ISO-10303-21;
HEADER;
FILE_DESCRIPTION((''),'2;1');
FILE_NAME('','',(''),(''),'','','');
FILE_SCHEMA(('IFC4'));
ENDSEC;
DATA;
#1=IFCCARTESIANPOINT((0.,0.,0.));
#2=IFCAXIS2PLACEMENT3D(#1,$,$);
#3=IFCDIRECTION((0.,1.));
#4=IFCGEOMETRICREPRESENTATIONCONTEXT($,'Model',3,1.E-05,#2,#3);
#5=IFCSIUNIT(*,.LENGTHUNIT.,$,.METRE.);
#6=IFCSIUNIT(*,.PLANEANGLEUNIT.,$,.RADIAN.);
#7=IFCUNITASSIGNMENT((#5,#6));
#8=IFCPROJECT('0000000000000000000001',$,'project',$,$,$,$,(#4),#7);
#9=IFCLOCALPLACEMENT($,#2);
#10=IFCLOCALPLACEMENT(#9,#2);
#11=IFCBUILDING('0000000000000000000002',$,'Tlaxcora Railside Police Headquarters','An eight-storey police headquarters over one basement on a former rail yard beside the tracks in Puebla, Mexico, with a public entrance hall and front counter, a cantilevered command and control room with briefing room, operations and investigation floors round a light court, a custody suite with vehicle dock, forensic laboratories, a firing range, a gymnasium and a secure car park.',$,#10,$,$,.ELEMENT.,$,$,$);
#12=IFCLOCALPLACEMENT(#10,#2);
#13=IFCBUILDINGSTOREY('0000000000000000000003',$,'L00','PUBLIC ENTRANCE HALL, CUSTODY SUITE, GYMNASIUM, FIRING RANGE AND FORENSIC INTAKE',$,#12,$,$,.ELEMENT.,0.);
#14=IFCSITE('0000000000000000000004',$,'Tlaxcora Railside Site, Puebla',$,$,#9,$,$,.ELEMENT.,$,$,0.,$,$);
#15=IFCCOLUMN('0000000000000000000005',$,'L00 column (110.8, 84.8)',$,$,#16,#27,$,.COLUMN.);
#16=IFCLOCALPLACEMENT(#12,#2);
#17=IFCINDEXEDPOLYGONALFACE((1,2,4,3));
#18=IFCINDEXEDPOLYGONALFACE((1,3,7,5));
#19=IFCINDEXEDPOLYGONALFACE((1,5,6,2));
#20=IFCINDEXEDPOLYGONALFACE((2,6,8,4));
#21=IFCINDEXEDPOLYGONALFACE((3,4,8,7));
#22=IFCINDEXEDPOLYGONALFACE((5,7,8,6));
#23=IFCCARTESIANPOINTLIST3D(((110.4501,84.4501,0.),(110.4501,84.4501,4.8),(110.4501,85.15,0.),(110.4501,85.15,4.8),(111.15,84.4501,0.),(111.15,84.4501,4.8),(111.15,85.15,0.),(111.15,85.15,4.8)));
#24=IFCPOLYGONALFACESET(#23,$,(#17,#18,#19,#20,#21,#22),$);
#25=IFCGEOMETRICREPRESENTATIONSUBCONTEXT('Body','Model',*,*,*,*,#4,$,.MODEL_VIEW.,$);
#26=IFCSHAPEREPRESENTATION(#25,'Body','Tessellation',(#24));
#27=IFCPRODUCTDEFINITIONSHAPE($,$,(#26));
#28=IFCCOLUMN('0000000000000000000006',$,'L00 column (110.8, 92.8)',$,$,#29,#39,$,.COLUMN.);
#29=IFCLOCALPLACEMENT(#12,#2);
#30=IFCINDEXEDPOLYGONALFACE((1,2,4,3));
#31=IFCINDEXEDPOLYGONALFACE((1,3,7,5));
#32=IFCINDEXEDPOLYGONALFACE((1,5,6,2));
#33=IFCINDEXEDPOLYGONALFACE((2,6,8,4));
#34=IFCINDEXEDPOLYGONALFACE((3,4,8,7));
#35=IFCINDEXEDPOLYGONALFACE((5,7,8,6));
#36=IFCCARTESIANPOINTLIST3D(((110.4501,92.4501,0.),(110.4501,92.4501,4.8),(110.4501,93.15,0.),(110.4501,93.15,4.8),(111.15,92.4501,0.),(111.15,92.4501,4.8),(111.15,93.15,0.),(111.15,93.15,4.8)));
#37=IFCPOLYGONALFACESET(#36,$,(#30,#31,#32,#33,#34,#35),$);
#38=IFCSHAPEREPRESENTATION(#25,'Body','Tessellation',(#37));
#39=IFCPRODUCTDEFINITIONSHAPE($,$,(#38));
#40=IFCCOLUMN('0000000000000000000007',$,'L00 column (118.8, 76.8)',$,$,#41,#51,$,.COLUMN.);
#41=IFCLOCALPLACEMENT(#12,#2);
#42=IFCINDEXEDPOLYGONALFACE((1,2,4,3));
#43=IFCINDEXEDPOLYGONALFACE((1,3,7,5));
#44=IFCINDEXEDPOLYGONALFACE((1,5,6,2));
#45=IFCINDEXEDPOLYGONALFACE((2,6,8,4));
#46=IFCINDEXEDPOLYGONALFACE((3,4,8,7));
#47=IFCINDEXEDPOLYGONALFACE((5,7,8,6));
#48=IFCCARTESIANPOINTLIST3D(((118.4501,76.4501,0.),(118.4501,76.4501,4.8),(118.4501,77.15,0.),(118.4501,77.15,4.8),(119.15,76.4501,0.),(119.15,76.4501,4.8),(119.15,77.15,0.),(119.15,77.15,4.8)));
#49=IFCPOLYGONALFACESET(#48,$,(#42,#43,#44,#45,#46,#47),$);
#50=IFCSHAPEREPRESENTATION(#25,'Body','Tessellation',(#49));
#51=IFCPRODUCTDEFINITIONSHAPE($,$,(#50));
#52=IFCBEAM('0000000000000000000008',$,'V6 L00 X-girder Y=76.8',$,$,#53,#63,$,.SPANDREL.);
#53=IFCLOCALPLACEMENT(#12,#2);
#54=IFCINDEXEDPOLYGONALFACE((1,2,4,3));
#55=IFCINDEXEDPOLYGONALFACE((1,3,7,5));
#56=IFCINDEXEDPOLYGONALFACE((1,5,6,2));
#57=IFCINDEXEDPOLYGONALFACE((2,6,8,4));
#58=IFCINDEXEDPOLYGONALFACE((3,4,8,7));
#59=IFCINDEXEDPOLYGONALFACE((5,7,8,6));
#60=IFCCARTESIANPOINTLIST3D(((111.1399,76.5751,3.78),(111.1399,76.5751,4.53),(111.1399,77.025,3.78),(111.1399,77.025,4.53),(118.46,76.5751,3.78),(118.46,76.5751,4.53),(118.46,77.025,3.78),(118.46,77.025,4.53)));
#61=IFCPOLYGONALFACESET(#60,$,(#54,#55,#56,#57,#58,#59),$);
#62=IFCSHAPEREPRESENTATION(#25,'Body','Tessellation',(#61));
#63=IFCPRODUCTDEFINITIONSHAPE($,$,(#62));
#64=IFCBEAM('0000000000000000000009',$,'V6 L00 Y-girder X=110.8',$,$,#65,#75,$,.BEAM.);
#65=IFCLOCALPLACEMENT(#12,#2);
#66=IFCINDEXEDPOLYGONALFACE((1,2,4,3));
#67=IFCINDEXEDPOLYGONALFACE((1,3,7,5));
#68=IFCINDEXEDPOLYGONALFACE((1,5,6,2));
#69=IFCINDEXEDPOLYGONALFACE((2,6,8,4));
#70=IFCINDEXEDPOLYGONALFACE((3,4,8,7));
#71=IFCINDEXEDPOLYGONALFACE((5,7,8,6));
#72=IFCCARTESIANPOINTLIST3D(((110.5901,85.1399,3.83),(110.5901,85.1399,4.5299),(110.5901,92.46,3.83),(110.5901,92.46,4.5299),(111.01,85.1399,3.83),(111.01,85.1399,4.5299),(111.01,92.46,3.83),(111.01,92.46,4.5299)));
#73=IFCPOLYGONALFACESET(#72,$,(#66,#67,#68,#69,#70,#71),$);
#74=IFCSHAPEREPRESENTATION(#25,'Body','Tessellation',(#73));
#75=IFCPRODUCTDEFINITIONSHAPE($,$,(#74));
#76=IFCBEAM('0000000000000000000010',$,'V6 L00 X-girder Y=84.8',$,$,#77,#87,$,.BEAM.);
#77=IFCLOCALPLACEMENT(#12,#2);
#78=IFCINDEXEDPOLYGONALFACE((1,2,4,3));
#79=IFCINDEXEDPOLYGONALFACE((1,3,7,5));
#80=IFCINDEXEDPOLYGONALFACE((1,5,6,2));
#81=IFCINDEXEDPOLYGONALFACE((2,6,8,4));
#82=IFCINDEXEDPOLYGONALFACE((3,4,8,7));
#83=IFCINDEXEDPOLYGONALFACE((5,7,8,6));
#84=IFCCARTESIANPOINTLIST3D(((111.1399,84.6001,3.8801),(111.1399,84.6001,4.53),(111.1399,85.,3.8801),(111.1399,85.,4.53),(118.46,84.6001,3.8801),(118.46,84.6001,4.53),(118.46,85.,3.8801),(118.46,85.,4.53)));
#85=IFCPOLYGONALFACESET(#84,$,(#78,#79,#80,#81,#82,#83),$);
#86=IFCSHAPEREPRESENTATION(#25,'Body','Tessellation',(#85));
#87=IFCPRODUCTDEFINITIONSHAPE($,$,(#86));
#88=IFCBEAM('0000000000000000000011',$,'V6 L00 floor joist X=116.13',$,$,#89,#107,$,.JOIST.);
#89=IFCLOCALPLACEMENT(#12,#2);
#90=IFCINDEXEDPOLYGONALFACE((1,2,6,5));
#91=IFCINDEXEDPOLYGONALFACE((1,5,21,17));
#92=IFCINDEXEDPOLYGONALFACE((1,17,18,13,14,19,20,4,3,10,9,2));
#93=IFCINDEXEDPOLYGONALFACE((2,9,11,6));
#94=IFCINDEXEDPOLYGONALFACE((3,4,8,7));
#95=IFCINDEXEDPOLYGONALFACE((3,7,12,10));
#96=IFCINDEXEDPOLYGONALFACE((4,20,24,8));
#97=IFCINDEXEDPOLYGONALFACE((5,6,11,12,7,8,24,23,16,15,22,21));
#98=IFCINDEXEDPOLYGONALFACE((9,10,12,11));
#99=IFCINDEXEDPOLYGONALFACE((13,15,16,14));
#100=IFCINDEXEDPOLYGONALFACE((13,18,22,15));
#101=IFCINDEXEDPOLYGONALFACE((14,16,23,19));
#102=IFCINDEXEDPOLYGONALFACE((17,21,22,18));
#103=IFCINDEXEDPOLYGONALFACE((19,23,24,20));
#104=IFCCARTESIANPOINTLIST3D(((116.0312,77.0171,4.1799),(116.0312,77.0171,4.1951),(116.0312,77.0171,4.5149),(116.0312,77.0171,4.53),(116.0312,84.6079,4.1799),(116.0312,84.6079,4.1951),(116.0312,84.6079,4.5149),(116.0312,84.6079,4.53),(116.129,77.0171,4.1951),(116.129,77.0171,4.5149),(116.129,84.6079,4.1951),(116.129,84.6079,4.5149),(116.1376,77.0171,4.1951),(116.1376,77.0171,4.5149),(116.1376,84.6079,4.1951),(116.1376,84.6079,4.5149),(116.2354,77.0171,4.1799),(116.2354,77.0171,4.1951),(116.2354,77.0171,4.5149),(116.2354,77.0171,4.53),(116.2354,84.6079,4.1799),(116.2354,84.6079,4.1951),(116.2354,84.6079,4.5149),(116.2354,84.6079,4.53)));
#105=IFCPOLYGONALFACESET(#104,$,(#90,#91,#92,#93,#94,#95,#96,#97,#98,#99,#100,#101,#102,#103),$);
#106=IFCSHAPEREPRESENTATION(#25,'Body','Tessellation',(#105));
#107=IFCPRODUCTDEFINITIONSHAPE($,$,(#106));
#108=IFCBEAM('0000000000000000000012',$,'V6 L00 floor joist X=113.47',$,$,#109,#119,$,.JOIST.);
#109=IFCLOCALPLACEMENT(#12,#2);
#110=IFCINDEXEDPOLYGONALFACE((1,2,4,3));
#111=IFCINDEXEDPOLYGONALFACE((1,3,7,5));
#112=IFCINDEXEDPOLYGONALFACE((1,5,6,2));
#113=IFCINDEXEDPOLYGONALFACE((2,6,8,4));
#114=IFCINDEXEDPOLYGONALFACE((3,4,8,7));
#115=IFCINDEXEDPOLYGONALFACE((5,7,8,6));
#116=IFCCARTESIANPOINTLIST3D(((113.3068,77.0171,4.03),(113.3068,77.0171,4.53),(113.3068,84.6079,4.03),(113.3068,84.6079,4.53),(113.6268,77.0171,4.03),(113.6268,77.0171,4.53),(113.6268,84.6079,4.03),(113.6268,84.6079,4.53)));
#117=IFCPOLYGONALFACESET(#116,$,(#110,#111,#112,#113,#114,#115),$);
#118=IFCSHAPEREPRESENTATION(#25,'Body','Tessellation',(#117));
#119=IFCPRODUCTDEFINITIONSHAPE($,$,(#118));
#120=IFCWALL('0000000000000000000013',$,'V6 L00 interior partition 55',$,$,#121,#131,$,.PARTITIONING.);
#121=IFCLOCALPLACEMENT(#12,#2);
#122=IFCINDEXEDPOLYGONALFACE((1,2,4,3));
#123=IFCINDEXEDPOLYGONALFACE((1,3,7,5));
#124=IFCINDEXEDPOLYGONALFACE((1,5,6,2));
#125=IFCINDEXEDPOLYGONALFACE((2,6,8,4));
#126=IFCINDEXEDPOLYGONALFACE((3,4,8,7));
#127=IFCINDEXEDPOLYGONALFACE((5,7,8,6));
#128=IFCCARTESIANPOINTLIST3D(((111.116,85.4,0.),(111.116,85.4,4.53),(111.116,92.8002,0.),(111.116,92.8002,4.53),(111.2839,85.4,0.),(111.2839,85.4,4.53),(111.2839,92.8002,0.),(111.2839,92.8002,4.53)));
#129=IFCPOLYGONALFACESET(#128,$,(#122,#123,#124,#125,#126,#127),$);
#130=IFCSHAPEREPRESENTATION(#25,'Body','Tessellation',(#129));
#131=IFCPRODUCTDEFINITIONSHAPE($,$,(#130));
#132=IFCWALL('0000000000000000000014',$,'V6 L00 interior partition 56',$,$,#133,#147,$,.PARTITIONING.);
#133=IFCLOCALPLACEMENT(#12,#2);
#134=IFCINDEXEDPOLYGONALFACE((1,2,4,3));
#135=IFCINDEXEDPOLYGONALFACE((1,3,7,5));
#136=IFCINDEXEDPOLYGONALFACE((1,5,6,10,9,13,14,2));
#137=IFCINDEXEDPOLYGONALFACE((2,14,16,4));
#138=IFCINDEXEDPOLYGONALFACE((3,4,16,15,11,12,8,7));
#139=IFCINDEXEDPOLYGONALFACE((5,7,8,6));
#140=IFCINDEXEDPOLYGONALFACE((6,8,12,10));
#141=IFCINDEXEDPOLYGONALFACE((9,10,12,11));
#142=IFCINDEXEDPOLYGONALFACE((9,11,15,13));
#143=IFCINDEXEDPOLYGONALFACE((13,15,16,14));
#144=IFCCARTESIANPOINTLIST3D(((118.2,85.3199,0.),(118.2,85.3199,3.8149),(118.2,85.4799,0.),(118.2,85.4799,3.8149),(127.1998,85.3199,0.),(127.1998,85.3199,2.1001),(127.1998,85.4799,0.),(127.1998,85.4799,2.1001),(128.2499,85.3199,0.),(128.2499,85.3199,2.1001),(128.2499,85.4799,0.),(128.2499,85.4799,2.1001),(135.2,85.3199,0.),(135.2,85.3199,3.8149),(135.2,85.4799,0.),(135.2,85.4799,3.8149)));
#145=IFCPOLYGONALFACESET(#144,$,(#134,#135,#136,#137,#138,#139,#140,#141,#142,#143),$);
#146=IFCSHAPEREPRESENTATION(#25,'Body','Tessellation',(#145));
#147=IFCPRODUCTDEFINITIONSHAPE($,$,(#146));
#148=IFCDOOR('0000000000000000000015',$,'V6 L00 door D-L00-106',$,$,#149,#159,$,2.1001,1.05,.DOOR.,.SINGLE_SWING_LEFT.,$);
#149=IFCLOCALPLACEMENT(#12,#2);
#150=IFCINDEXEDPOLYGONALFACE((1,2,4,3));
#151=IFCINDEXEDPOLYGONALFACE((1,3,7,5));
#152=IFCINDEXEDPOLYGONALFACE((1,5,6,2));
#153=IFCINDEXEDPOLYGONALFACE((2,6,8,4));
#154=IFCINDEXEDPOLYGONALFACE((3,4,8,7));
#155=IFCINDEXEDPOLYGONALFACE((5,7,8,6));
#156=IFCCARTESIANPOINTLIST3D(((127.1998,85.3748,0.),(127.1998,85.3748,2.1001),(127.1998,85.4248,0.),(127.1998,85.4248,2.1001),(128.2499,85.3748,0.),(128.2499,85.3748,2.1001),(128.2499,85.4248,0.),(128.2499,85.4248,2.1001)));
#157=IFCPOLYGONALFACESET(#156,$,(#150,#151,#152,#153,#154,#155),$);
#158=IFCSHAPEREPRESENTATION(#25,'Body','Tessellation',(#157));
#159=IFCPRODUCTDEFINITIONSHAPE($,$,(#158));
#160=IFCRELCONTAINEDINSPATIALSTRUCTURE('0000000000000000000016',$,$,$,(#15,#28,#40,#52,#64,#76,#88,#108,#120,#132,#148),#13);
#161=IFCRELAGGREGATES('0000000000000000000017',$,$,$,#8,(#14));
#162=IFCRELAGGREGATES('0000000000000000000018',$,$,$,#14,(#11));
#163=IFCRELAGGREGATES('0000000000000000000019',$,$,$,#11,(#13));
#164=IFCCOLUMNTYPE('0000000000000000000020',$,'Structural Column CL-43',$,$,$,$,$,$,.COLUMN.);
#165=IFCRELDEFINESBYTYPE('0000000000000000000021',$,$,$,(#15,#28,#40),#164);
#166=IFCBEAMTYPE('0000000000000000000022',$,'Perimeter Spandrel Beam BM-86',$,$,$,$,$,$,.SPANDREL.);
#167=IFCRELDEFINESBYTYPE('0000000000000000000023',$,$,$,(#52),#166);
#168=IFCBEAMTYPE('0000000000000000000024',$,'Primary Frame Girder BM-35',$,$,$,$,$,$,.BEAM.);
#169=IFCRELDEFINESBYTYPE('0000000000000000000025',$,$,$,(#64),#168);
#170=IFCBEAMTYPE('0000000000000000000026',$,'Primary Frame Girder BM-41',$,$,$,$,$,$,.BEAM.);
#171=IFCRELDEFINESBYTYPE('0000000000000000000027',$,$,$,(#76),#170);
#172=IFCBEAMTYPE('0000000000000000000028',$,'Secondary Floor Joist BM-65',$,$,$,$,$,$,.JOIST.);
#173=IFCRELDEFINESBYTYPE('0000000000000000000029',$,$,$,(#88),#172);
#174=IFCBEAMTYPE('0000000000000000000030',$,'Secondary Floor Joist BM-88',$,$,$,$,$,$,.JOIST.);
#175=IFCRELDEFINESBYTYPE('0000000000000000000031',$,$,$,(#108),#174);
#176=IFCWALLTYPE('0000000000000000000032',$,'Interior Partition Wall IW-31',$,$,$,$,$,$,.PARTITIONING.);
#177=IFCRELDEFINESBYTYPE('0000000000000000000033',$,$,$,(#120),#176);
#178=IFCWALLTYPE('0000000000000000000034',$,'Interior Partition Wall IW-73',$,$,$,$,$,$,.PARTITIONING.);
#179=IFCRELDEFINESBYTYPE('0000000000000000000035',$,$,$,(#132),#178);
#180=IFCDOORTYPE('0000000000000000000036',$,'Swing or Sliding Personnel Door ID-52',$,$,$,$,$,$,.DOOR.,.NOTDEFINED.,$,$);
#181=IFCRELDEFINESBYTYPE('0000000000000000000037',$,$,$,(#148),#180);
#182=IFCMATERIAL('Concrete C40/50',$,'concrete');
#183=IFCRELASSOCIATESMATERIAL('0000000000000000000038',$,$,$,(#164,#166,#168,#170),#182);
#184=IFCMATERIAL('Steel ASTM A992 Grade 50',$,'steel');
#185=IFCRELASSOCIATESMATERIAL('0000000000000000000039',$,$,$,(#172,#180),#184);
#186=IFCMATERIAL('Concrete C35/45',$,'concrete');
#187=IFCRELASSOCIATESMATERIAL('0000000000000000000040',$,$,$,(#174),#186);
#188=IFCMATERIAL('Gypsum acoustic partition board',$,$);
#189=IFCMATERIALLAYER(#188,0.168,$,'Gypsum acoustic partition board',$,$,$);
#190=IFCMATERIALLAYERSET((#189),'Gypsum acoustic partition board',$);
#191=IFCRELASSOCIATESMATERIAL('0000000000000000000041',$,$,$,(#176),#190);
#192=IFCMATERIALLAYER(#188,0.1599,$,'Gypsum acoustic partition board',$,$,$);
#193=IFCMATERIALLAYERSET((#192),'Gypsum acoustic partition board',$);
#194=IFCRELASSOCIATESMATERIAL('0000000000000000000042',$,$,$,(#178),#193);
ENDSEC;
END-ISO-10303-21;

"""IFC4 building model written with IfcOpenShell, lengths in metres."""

from ifc_helpers import new_model, si_unit, direction, frame, frame_2d, origin, origin_2d, place, context, subcontext, project, spatial, rectangle, i_section, extrude, material, layer, layer_set, material_profile, profile_set, type_object, element, fill, save


model = new_model("IFC4")

# Units and contexts
model_context = context("Model", 3, precision=1e-05, world=origin(), true_north=direction((0.0, 1.0)))
body_context = subcontext(model_context, "Body", "Model", "MODEL_VIEW")
ifc_project = project(units=[si_unit("LENGTHUNIT", "METRE"), si_unit("PLANEANGLEUNIT", "RADIAN")], contexts=[model_context])

# Site, building, storey
site_placement = place(None, origin())
site = spatial("IfcSite", under=ifc_project, at=site_placement, Name="Tlaxcora Railside Site, Puebla", CompositionType="ELEMENT", RefElevation=0.0)
building_placement = place(site_placement, origin())
building = spatial("IfcBuilding", under=site, at=building_placement, Name="Tlaxcora Railside Police Headquarters", Description="An eight-storey police headquarters over one basement on a former rail yard beside the tracks in Puebla, Mexico, with a public entrance hall and front counter, a cantilevered command and control room with briefing room, operations and investigation floors round a light court, a custody suite with vehicle dock, forensic laboratories, a firing range, a gymnasium and a secure car park.", CompositionType="ELEMENT")
storey_placement = place(building_placement, origin())
storey = spatial("IfcBuildingStorey", under=building, at=storey_placement, Name="L00", Description="PUBLIC ENTRANCE HALL, CUSTODY SUITE, GYMNASIUM, FIRING RANGE AND FORENSIC INTAKE", CompositionType="ELEMENT", Elevation=0.0)

# Columns
ifc_material_1 = material(Name="Concrete C40/50", Category="concrete")
ifc_material_profile_1 = material_profile(ifc_material_1, rectangle(XDim=0.7, YDim=0.7, at=origin_2d()), Name="RC700X700")
ifc_profile_set_1 = profile_set([ifc_material_profile_1], Name="Concrete C40/50")
column_type = type_object("IfcColumnType", Name="Structural Column CL-43", PredefinedType="COLUMN", material=ifc_profile_set_1)
for number, where, z_axis, x_axis, name in (
    (1, (110.8, 84.8, 0.0), (0.0, 0.0, 1.0), (1.0, 0.0, 0.0), "L00 column (110.8, 84.8)"),
    (2, (110.8, 92.8, 0.0), (0.0, 0.0, 1.0), (1.0, 0.0, 0.0), "L00 column (110.8, 92.8)"),
    (3, (118.8, 76.8, 0.0), (0.0, 0.0, 1.0), (1.0, 0.0, 0.0), "L00 column (118.8, 76.8)"),
):
    element("IfcColumn", number, at=place(storey_placement, frame(where, z_axis=z_axis, x_axis=x_axis)), inside=storey, type_object=column_type, Name=name, PredefinedType="COLUMN", context=body_context, shape_type="SweptSolid", body=[
        extrude(rectangle(XDim=0.7, YDim=0.7, at=origin_2d()), origin(), (0.0, 0.0, 1.0), 4.8),
    ])

# Beams
ifc_material_profile_2 = material_profile(ifc_material_1, rectangle(XDim=0.45, YDim=0.75, at=origin_2d()), Name="RC450X750")
ifc_profile_set_2 = profile_set([ifc_material_profile_2], Name="Concrete C40/50")
beam_type_1 = type_object("IfcBeamType", Name="Perimeter Spandrel Beam BM-86", PredefinedType="SPANDREL", material=ifc_profile_set_2)
beam_1_placement = place(storey_placement, frame((111.1399, 76.8, 4.155), z_axis=(1.0, 0.0, 0.0), x_axis=(0.0, 1.0, 0.0)))
element("IfcBeam", 4, at=beam_1_placement, inside=storey, type_object=beam_type_1, Name="V6 L00 X-girder Y=76.8", PredefinedType="SPANDREL", context=body_context, shape_type="SweptSolid", body=[
    extrude(rectangle(XDim=0.45, YDim=0.75, at=origin_2d()), origin(), (0.0, 0.0, 1.0), 7.3201),
])
ifc_material_profile_3 = material_profile(ifc_material_1, rectangle(XDim=0.4199, YDim=0.7, at=origin_2d()), Name="RC420X700")
ifc_profile_set_3 = profile_set([ifc_material_profile_3], Name="Concrete C40/50")
beam_type_2 = type_object("IfcBeamType", Name="Primary Frame Girder BM-35", PredefinedType="BEAM", material=ifc_profile_set_3)
beam_2_placement = place(storey_placement, frame((110.8, 85.1399, 4.1799), z_axis=(0.0, 1.0, 0.0), x_axis=(-1.0, 0.0, 0.0)))
element("IfcBeam", 5, at=beam_2_placement, inside=storey, type_object=beam_type_2, Name="V6 L00 Y-girder X=110.8", PredefinedType="BEAM", context=body_context, shape_type="SweptSolid", body=[
    extrude(rectangle(XDim=0.4199, YDim=0.7, at=origin_2d()), origin(), (0.0, 0.0, 1.0), 7.3201),
])
ifc_material_profile_4 = material_profile(ifc_material_1, rectangle(XDim=0.3999, YDim=0.6499, at=origin_2d()), Name="RC400X650")
ifc_profile_set_4 = profile_set([ifc_material_profile_4], Name="Concrete C40/50")
beam_type_3 = type_object("IfcBeamType", Name="Primary Frame Girder BM-41", PredefinedType="BEAM", material=ifc_profile_set_4)
beam_3_placement = place(storey_placement, frame((111.1399, 84.8, 4.2051), z_axis=(1.0, 0.0, 0.0), x_axis=(0.0, 1.0, 0.0)))
element("IfcBeam", 6, at=beam_3_placement, inside=storey, type_object=beam_type_3, Name="V6 L00 X-girder Y=84.8", PredefinedType="BEAM", context=body_context, shape_type="SweptSolid", body=[
    extrude(rectangle(XDim=0.3999, YDim=0.6499, at=origin_2d()), origin(), (0.0, 0.0, 1.0), 7.3201),
])
ifc_material_2 = material(Name="Steel ASTM A992 Grade 50", Category="steel")
ifc_material_profile_5 = material_profile(ifc_material_2, i_section(OverallWidth=0.2041, OverallDepth=0.3501, WebThickness=0.0085, FlangeThickness=0.0151, at=origin_2d()), Name="W14X48")
ifc_profile_set_5 = profile_set([ifc_material_profile_5], Name="Steel ASTM A992 Grade 50")
beam_type_4 = type_object("IfcBeamType", Name="Secondary Floor Joist BM-65", PredefinedType="JOIST", material=ifc_profile_set_5)
beam_4_placement = place(storey_placement, frame((116.1333, 77.0171, 4.355), z_axis=(0.0, 1.0, 0.0), x_axis=(-1.0, 0.0, 0.0)))
element("IfcBeam", 7, at=beam_4_placement, inside=storey, type_object=beam_type_4, Name="V6 L00 floor joist X=116.13", PredefinedType="JOIST", context=body_context, shape_type="SweptSolid", body=[
    extrude(i_section(OverallWidth=0.2041, OverallDepth=0.3501, WebThickness=0.0085, FlangeThickness=0.0151, at=origin_2d()), origin(), (0.0, 0.0, 1.0), 7.5908),
])
ifc_material_3 = material(Name="Concrete C35/45", Category="concrete")
ifc_material_profile_6 = material_profile(ifc_material_3, rectangle(XDim=0.3201, YDim=0.5, at=origin_2d()), Name="RC320X500")
ifc_profile_set_6 = profile_set([ifc_material_profile_6], Name="Concrete C35/45")
beam_type_5 = type_object("IfcBeamType", Name="Secondary Floor Joist BM-88", PredefinedType="JOIST", material=ifc_profile_set_6)
beam_5_placement = place(storey_placement, frame((113.4668, 77.0171, 4.28), z_axis=(0.0, 1.0, 0.0), x_axis=(-1.0, 0.0, 0.0)))
element("IfcBeam", 8, at=beam_5_placement, inside=storey, type_object=beam_type_5, Name="V6 L00 floor joist X=113.47", PredefinedType="JOIST", context=body_context, shape_type="SweptSolid", body=[
    extrude(rectangle(XDim=0.3201, YDim=0.5, at=origin_2d()), origin(), (0.0, 0.0, 1.0), 7.5908),
])

# Wall
ifc_material_4 = material(Name="Gypsum acoustic partition board")
ifc_layer_1 = layer(ifc_material_4, 0.168, Name="Gypsum acoustic partition board")
ifc_layer_set_1 = layer_set([ifc_layer_1], Name="Gypsum acoustic partition board")
wall_type_1 = type_object("IfcWallType", Name="Interior Partition Wall IW-31", PredefinedType="PARTITIONING", material=ifc_layer_set_1)
wall_1_placement = place(storey_placement, frame((111.2, 85.3999, 0.0), z_axis=(0.0, 0.0, 1.0), x_axis=(0.0, 1.0, 0.0)))
element("IfcWall", 9, at=wall_1_placement, inside=storey, type_object=wall_type_1, Name="V6 L00 interior partition 55", PredefinedType="PARTITIONING", context=body_context, shape_type="SweptSolid", body=[
    extrude(rectangle(XDim=7.4001, YDim=0.168, at=frame_2d((3.7002, 0.0))), origin(), (0.0, 0.0, 1.0), 4.53),
])

# Wall, opening, door
ifc_layer_2 = layer(ifc_material_4, 0.1599, Name="Gypsum acoustic partition board")
ifc_layer_set_2 = layer_set([ifc_layer_2], Name="Gypsum acoustic partition board")
wall_type_2 = type_object("IfcWallType", Name="Interior Partition Wall IW-73", PredefinedType="PARTITIONING", material=ifc_layer_set_2)
wall_2_placement = place(storey_placement, frame((118.2, 85.3999, 0.0), z_axis=(0.0, 0.0, 1.0), x_axis=(1.0, 0.0, 0.0)))
wall_2 = element("IfcWall", 10, at=wall_2_placement, inside=storey, type_object=wall_type_2, Name="V6 L00 interior partition 56", PredefinedType="PARTITIONING", context=body_context, shape_type="SweptSolid", body=[
    extrude(rectangle(XDim=17.0, YDim=0.1599, at=frame_2d((8.5, 0.0))), origin(), (0.0, 0.0, 1.0), 3.8149),
])
opening_1_placement = place(wall_2_placement, frame((9.0, 0.0, 0.0)))
opening_1 = element("IfcOpeningElement", 11, at=opening_1_placement, cuts=wall_2, PredefinedType="OPENING", context=body_context, shape_type="SweptSolid", body=[
    extrude(rectangle(XDim=1.05, YDim=2.1001, at=frame_2d((0.5249, 1.05))), frame((0.0, 0.0898, 0.0), z_axis=(0.0, -1.0, 0.0), x_axis=(1.0, 0.0, 0.0)), (0.0, 0.0, 1.0), 0.1799),
])
door_type_1 = type_object("IfcDoorType", Name="Swing or Sliding Personnel Door ID-52", OperationType="NOTDEFINED", PredefinedType="DOOR", material=ifc_material_2)
door_1_placement = place(opening_1_placement, origin())
door_1 = element("IfcDoor", 12, at=door_1_placement, inside=storey, type_object=door_type_1, Name="V6 L00 door D-L00-106", OperationType="SINGLE_SWING_LEFT", OverallHeight=2.1001, OverallWidth=1.05, PredefinedType="DOOR", context=body_context, shape_type="SweptSolid", body=[
    extrude(rectangle(XDim=1.05, YDim=2.1001, at=frame_2d((0.5249, 1.05))), frame((0.0, 0.0249, 0.0), z_axis=(0.0, -1.0, 0.0), x_axis=(1.0, 0.0, 0.0)), (0.0, 0.0, 1.0), 0.05),
])
fill(opening_1, door_1)

save(model, "model.ifc")
